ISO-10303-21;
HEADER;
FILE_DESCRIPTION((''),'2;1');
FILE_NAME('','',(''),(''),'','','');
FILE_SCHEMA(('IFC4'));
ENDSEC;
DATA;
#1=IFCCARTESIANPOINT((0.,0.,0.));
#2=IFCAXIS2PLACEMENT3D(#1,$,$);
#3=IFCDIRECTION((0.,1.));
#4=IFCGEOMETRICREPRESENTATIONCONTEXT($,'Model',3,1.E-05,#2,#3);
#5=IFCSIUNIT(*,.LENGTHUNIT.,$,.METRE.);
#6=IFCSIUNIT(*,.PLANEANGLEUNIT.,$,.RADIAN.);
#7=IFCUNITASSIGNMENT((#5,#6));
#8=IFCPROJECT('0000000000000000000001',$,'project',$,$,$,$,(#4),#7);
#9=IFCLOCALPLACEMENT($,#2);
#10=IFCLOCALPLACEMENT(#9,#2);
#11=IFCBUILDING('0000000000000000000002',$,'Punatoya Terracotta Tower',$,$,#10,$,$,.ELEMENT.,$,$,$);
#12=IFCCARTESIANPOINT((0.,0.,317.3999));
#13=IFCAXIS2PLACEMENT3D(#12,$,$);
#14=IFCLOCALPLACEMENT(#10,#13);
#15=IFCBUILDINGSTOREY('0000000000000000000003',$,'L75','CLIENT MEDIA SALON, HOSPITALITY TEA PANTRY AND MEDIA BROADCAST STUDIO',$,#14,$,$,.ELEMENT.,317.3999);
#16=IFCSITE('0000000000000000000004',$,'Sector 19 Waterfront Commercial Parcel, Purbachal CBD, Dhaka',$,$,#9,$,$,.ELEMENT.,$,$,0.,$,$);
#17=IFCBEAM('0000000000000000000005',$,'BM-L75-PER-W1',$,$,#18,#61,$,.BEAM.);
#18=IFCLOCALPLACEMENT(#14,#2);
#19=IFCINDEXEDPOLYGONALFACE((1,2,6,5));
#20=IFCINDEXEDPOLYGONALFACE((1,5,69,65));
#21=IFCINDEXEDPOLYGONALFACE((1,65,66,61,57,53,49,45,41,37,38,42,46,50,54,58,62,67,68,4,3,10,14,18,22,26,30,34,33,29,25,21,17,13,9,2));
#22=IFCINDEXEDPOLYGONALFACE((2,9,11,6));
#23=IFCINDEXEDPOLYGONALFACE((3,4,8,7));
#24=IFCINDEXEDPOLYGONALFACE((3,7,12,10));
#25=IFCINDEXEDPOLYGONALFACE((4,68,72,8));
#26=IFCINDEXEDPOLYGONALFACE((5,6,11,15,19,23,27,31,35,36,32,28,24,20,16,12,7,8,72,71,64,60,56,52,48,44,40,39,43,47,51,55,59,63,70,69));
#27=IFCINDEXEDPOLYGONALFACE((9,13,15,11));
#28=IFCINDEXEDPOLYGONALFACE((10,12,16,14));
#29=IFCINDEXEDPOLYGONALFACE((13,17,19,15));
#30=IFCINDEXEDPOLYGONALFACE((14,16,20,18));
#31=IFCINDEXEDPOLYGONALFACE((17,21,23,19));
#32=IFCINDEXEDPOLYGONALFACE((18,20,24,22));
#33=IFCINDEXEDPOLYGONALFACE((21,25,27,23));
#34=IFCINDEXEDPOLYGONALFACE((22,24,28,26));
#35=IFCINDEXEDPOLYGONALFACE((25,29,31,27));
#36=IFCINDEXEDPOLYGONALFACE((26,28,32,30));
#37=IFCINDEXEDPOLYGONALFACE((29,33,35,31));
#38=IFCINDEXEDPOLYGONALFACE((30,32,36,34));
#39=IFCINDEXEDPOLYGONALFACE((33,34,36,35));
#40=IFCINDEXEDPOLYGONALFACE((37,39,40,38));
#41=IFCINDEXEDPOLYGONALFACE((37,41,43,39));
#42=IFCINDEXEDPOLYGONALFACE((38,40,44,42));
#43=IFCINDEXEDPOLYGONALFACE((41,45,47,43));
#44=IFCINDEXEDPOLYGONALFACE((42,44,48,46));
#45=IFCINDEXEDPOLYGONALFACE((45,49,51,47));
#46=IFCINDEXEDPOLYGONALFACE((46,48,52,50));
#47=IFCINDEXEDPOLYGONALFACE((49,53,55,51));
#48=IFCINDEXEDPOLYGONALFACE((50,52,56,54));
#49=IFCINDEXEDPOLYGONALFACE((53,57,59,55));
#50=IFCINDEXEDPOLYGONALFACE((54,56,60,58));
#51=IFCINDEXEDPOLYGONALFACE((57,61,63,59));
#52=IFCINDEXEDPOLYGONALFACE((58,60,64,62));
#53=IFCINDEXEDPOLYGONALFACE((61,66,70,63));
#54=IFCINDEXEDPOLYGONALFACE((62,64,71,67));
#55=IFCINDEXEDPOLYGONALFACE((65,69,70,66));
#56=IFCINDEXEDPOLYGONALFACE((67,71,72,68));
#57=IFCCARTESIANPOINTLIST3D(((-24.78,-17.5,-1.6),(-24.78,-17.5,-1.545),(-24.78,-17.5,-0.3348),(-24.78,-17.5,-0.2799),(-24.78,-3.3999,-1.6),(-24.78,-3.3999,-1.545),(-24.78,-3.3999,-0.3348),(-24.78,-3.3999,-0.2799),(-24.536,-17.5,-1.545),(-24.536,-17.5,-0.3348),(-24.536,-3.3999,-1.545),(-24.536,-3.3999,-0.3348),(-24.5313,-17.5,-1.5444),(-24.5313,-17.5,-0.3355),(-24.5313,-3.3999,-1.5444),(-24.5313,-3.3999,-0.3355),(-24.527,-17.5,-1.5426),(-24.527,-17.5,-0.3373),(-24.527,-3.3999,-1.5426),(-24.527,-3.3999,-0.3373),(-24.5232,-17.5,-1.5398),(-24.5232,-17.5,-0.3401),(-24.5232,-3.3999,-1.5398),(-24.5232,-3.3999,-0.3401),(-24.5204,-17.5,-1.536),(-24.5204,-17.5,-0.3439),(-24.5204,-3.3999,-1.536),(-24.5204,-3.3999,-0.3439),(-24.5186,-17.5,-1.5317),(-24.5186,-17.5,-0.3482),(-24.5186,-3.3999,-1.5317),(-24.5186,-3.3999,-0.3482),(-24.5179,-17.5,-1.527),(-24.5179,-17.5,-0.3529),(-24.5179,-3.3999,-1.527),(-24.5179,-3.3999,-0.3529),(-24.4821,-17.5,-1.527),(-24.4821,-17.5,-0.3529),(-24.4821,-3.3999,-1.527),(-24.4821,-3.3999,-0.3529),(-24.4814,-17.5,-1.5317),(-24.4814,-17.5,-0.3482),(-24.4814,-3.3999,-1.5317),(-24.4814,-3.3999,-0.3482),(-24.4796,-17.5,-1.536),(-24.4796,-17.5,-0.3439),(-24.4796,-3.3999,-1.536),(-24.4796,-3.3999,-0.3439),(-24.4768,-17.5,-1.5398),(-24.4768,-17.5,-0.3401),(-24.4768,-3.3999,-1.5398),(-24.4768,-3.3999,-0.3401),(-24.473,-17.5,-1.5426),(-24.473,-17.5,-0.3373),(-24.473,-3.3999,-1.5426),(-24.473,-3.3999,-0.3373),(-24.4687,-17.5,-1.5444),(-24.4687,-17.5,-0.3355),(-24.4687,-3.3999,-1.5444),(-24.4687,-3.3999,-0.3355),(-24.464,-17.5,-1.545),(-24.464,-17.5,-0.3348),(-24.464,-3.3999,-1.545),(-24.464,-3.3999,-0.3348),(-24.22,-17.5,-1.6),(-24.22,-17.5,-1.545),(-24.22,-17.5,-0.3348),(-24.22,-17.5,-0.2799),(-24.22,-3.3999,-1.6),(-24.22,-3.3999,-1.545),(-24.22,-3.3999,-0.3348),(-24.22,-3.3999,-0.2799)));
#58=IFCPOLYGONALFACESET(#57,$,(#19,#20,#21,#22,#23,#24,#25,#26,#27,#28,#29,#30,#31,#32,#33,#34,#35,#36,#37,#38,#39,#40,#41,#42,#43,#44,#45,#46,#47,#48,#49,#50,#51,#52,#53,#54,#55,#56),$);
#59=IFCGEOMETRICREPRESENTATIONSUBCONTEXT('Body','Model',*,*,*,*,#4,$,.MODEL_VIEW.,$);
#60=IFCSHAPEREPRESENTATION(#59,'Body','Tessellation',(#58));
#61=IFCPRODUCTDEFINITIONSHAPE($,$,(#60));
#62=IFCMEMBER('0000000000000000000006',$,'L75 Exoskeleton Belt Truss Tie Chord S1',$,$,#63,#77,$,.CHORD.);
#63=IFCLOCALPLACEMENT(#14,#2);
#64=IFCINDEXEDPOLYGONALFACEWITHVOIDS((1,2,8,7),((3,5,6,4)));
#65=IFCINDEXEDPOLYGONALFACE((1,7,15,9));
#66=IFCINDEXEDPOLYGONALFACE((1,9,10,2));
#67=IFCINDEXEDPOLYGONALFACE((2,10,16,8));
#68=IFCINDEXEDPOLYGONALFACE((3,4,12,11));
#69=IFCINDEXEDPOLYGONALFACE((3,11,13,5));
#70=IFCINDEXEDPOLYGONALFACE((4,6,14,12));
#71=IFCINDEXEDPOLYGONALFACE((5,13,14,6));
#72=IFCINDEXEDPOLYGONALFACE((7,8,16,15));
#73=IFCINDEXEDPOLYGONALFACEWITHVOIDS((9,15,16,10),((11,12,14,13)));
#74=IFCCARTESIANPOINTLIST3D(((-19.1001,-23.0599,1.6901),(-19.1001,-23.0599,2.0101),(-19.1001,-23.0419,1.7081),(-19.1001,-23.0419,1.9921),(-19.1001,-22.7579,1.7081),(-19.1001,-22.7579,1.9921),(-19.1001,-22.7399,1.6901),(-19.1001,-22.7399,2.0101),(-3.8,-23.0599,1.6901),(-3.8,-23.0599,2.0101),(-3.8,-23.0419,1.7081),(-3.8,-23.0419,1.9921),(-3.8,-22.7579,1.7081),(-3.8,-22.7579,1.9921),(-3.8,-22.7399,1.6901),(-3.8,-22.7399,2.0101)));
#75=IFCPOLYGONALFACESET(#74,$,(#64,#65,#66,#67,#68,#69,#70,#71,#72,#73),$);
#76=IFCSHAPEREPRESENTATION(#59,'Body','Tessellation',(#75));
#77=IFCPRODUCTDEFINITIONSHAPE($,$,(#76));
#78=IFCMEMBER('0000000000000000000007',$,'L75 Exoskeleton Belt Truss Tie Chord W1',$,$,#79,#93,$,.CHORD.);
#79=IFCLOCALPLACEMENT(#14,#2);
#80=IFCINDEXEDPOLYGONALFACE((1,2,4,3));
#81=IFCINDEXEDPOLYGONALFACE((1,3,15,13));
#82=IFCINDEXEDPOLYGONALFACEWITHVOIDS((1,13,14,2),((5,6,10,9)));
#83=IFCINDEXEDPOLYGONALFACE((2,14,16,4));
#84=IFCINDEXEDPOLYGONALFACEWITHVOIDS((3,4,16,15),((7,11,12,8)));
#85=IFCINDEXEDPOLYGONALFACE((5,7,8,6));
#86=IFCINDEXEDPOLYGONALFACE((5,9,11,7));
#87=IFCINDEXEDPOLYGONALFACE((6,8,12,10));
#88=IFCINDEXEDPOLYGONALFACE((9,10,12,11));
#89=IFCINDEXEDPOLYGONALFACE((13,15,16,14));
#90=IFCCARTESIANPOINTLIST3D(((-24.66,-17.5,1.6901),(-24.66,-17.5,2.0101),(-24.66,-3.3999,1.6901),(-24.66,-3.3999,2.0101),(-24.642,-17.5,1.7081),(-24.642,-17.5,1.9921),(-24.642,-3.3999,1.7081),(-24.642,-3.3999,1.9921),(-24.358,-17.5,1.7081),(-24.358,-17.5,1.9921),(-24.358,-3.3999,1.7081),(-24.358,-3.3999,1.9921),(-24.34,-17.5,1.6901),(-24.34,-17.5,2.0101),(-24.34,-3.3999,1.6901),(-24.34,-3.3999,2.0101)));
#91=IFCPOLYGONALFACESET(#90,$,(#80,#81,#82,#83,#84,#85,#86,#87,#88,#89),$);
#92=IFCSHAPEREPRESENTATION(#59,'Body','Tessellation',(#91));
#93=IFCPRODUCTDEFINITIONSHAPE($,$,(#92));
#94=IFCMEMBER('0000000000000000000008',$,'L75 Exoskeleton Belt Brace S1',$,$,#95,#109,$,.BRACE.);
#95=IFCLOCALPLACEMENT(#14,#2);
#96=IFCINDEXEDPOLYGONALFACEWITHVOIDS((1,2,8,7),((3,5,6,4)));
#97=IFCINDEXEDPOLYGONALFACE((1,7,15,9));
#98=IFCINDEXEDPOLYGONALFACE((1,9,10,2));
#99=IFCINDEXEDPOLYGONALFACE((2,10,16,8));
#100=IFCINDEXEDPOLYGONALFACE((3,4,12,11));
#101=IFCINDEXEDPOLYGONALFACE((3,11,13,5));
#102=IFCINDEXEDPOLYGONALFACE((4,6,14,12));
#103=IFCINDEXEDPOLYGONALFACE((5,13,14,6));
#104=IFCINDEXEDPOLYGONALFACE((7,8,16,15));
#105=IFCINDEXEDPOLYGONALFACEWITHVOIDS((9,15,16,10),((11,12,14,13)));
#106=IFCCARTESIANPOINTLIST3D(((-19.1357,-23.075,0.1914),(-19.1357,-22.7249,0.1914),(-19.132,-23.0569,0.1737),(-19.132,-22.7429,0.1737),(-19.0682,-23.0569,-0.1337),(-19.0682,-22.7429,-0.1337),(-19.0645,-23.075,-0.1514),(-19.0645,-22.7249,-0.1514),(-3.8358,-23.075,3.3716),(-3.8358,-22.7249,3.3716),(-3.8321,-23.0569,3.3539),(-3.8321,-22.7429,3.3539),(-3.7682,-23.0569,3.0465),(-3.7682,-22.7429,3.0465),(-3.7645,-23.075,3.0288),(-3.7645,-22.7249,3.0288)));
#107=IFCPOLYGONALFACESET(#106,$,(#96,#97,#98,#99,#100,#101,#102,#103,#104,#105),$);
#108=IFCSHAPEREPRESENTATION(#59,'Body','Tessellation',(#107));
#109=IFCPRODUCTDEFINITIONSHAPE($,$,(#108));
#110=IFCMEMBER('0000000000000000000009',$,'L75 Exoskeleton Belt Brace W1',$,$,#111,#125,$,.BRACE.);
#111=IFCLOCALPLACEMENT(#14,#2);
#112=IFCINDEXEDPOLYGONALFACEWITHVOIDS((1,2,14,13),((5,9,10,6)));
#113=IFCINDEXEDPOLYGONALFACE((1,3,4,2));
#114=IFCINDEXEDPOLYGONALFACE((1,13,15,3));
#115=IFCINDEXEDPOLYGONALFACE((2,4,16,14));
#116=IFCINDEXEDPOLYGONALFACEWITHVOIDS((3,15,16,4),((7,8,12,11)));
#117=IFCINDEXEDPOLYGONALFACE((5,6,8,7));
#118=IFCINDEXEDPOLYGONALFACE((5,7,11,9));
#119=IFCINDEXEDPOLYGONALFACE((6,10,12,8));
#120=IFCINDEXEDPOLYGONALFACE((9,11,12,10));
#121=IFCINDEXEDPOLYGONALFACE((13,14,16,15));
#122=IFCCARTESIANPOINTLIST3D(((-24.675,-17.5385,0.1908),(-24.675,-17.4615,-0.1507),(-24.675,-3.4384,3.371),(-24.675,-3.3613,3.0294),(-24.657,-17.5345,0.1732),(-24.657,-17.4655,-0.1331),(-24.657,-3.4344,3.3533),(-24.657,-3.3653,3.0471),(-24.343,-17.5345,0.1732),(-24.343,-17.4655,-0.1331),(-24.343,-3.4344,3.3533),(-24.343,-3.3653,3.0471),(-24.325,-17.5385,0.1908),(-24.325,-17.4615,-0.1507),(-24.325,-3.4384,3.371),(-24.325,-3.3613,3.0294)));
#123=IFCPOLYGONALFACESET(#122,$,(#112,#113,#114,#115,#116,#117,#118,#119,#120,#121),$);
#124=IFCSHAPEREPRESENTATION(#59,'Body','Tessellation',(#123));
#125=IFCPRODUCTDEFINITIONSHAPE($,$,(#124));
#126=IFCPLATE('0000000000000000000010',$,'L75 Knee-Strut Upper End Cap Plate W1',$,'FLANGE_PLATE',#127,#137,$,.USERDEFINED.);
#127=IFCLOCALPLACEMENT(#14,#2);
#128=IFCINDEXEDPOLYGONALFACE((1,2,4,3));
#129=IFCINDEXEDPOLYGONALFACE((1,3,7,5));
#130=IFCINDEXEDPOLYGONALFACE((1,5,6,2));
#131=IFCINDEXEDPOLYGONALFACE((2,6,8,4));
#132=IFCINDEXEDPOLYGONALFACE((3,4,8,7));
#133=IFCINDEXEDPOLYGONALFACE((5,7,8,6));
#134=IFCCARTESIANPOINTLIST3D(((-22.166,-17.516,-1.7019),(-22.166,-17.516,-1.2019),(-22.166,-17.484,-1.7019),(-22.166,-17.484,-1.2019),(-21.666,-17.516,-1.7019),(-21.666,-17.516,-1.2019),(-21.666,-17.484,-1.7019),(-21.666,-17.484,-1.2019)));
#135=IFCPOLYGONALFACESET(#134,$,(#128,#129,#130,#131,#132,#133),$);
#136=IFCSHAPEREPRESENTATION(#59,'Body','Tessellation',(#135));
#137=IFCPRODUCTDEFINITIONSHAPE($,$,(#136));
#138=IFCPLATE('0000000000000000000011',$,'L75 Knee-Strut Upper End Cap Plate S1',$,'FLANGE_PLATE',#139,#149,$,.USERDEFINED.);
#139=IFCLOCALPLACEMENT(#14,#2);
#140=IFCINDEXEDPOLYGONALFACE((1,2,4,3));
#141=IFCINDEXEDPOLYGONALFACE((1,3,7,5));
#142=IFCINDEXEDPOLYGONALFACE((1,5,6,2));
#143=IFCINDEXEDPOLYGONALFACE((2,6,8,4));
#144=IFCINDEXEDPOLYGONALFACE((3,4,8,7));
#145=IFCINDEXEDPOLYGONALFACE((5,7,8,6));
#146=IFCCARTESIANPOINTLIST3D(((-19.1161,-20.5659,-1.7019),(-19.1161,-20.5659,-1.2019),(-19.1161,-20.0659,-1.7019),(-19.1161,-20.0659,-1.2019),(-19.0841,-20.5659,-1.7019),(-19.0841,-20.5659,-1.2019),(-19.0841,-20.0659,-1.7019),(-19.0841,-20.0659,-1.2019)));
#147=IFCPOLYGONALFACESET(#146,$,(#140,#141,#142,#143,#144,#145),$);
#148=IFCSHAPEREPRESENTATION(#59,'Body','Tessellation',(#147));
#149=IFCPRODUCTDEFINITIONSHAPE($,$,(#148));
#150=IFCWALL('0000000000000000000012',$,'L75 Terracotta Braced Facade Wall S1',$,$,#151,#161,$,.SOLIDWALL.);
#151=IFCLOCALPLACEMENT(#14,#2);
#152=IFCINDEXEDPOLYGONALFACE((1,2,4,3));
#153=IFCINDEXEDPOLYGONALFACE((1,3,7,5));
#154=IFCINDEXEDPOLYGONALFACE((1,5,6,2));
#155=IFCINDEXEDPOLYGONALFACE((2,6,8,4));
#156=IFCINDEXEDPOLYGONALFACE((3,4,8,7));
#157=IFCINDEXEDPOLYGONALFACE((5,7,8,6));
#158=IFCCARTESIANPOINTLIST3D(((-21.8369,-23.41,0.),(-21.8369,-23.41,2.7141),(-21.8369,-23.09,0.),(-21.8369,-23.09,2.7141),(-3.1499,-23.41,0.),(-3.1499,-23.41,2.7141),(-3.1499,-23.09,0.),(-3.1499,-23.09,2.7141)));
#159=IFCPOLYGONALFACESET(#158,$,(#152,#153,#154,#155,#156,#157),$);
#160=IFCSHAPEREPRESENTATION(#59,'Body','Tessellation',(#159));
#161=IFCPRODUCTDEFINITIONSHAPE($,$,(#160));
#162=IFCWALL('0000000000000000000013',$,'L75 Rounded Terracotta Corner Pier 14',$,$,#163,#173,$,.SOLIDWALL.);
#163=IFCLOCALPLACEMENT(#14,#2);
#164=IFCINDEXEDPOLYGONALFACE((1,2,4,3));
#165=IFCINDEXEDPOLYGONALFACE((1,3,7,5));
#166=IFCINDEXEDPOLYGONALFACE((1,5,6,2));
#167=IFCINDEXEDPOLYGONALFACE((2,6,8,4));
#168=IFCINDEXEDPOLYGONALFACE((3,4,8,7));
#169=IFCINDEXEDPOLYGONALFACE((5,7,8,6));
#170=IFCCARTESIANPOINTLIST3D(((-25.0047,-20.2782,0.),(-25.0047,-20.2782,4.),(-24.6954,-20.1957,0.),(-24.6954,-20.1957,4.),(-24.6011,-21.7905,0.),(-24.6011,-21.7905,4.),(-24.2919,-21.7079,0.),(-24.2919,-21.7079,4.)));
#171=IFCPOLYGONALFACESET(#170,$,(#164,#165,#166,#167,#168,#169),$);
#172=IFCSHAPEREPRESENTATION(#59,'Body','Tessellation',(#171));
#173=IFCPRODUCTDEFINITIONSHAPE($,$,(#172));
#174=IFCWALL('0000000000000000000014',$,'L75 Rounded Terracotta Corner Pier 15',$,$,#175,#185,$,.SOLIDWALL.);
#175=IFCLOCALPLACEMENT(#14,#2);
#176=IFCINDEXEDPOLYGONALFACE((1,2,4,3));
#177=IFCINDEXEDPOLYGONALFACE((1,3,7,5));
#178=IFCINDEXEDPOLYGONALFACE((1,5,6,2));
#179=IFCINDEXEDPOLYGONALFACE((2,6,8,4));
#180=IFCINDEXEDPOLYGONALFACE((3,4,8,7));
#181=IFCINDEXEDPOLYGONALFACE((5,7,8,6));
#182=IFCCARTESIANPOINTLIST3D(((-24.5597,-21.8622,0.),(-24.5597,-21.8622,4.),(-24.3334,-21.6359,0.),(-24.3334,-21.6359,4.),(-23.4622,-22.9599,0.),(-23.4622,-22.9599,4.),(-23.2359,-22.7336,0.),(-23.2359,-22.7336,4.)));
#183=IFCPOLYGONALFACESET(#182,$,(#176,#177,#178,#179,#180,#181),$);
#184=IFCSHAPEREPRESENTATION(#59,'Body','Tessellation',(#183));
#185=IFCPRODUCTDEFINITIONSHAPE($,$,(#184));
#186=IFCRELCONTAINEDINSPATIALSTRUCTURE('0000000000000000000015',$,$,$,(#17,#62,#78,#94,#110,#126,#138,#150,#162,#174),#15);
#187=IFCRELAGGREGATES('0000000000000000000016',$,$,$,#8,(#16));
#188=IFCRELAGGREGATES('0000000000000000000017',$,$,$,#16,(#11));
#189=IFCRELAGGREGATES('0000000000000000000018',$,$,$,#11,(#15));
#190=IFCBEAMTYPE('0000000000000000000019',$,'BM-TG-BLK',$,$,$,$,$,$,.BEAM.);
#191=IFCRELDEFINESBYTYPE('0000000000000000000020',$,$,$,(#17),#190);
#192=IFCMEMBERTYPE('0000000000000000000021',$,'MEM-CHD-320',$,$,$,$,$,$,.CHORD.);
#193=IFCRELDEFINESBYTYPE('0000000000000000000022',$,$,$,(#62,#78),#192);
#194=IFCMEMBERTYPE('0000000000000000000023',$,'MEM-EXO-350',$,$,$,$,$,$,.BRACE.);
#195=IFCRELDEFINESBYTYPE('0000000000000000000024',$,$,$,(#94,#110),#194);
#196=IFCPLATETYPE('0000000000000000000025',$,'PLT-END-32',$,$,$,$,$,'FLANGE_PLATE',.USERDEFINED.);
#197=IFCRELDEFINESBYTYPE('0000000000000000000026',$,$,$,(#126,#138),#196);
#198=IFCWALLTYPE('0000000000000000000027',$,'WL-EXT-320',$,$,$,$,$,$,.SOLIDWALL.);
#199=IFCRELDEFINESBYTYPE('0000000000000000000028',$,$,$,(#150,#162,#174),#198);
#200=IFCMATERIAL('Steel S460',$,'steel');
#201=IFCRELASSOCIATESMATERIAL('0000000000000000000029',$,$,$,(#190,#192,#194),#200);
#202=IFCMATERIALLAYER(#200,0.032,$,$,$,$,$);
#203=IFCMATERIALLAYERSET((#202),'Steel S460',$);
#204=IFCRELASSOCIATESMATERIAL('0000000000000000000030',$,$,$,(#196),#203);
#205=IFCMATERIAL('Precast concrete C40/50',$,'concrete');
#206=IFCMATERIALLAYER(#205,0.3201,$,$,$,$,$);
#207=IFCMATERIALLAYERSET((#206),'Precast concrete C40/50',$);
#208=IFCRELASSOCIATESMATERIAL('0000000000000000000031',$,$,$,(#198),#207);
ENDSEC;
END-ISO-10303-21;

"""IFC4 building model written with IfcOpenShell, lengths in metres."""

from ifc_helpers import new_model, si_unit, direction, frame, frame_2d, origin, origin_2d, place, context, subcontext, project, spatial, rectangle, hollow_rectangle, i_section, extrude, material, layer, layer_set, material_profile, profile_set, type_object, element, save


model = new_model("IFC4")

# Units and contexts
model_context = context("Model", 3, precision=1e-05, world=origin(), true_north=direction((0.0, 1.0)))
body_context = subcontext(model_context, "Body", "Model", "MODEL_VIEW")
ifc_project = project(units=[si_unit("LENGTHUNIT", "METRE"), si_unit("PLANEANGLEUNIT", "RADIAN")], contexts=[model_context])

# Site, building, storey
site_placement = place(None, origin())
site = spatial("IfcSite", under=ifc_project, at=site_placement, Name="Sector 19 Waterfront Commercial Parcel, Purbachal CBD, Dhaka", CompositionType="ELEMENT", RefElevation=0.0)
building_placement = place(site_placement, origin())
building = spatial("IfcBuilding", under=site, at=building_placement, Name="Punatoya Terracotta Tower", CompositionType="ELEMENT")
storey_placement = place(building_placement, frame((0.0, 0.0, 317.3999)))
storey = spatial("IfcBuildingStorey", under=building, at=storey_placement, Name="L75", Description="CLIENT MEDIA SALON, HOSPITALITY TEA PANTRY AND MEDIA BROADCAST STUDIO", CompositionType="ELEMENT", Elevation=317.3999)

# Shared definitions
ifc_material_1 = material(Name="Steel S460", Category="steel")

# Beam
ifc_material_profile_1 = material_profile(ifc_material_1, i_section(OverallWidth=0.5601, OverallDepth=1.3201, WebThickness=0.0359, FlangeThickness=0.0549, FilletRadius=0.0181, at=origin_2d()))
ifc_profile_set_1 = profile_set([ifc_material_profile_1], Name="Steel S460")
beam_type = type_object("IfcBeamType", Name="BM-TG-BLK", PredefinedType="BEAM", material=ifc_profile_set_1)
beam_1_placement = place(storey_placement, frame((-24.5, -17.5, -0.9399), z_axis=(0.0, 1.0, 0.0), x_axis=(-1.0, 0.0, 0.0)))
element("IfcBeam", 1, at=beam_1_placement, inside=storey, type_object=beam_type, Name="BM-L75-PER-W1", PredefinedType="BEAM", context=body_context, shape_type="SweptSolid", body=[
    extrude(i_section(OverallWidth=0.5601, OverallDepth=1.3201, WebThickness=0.0359, FlangeThickness=0.0549, FilletRadius=0.0181, at=origin_2d()), origin(), (0.0, 0.0, 1.0), 14.1001),
])

# Members
ifc_material_profile_2 = material_profile(ifc_material_1, hollow_rectangle(XDim=0.3201, YDim=0.3201, WallThickness=0.0181, at=origin_2d()))
ifc_profile_set_2 = profile_set([ifc_material_profile_2], Name="Steel S460")
member_type_1 = type_object("IfcMemberType", Name="MEM-CHD-320", PredefinedType="CHORD", material=ifc_profile_set_2)
member_1_placement = place(storey_placement, frame((-19.1001, -22.8999, 1.8501), z_axis=(1.0, 0.0, 0.0), x_axis=(0.0, 1.0, 0.0)))
element("IfcMember", 2, at=member_1_placement, inside=storey, type_object=member_type_1, Name="L75 Exoskeleton Belt Truss Tie Chord S1", PredefinedType="CHORD", context=body_context, shape_type="SweptSolid", body=[
    extrude(hollow_rectangle(XDim=0.3201, YDim=0.3201, WallThickness=0.0181, at=origin_2d()), origin(), (0.0, 0.0, 1.0), 15.3),
])
member_2_placement = place(storey_placement, frame((-24.5, -17.5, 1.8501), z_axis=(0.0, 1.0, 0.0), x_axis=(-1.0, 0.0, 0.0)))
element("IfcMember", 3, at=member_2_placement, inside=storey, type_object=member_type_1, Name="L75 Exoskeleton Belt Truss Tie Chord W1", PredefinedType="CHORD", context=body_context, shape_type="SweptSolid", body=[
    extrude(hollow_rectangle(XDim=0.3201, YDim=0.3201, WallThickness=0.0181, at=origin_2d()), origin(), (0.0, 0.0, 1.0), 14.1001),
])
ifc_material_profile_3 = material_profile(ifc_material_1, hollow_rectangle(XDim=0.3501, YDim=0.3501, WallThickness=0.0181, at=origin_2d()))
ifc_profile_set_3 = profile_set([ifc_material_profile_3], Name="Steel S460")
member_type_2 = type_object("IfcMemberType", Name="MEM-EXO-350", PredefinedType="BRACE", material=ifc_profile_set_3)
member_3_placement = place(storey_placement, frame((-19.1001, -22.8999, 0.02), z_axis=(0.979074, 0.0, 0.203504), x_axis=(0.0, 1.0, 0.0)))
element("IfcMember", 4, at=member_3_placement, inside=storey, type_object=member_type_2, Name="L75 Exoskeleton Belt Brace S1", PredefinedType="BRACE", context=body_context, shape_type="SweptSolid", body=[
    extrude(hollow_rectangle(XDim=0.3501, YDim=0.3501, WallThickness=0.0181, at=origin_2d()), origin(), (0.0, 0.0, 1.0), 15.627),
])
member_4_placement = place(storey_placement, frame((-24.5, -17.5, 0.02), z_axis=(0.0, 0.975496, 0.220016), x_axis=(-1.0, 0.0, 0.0)))
element("IfcMember", 5, at=member_4_placement, inside=storey, type_object=member_type_2, Name="L75 Exoskeleton Belt Brace W1", PredefinedType="BRACE", context=body_context, shape_type="SweptSolid", body=[
    extrude(hollow_rectangle(XDim=0.3501, YDim=0.3501, WallThickness=0.0181, at=origin_2d()), origin(), (0.0, 0.0, 1.0), 14.4543),
])

# Plates
ifc_layer_1 = layer(ifc_material_1, 0.032)
ifc_layer_set_1 = layer_set([ifc_layer_1], Name="Steel S460")
plate_type = type_object("IfcPlateType", Name="PLT-END-32", ElementType="FLANGE_PLATE", PredefinedType="USERDEFINED", material=ifc_layer_set_1)
for number, where, z_axis, x_axis, name in (
    (6, (-21.916, -17.5, -1.7019), (0.0, 0.0, 1.0), (1.0, 0.0, 0.0), "L75 Knee-Strut Upper End Cap Plate W1"),
    (7, (-19.1001, -20.3159, -1.7019), (0.0, 0.0, 1.0), (0.0, 1.0, 0.0), "L75 Knee-Strut Upper End Cap Plate S1"),
):
    element("IfcPlate", number, at=place(storey_placement, frame(where, z_axis=z_axis, x_axis=x_axis)), inside=storey, type_object=plate_type, Name=name, ObjectType="FLANGE_PLATE", PredefinedType="USERDEFINED", context=body_context, shape_type="SweptSolid", body=[
        extrude(rectangle(XDim=0.5, YDim=0.032, at=origin_2d()), origin(), (0.0, 0.0, 1.0), 0.5),
    ])

# Walls
ifc_material_2 = material(Name="Precast concrete C40/50", Category="concrete")
ifc_layer_2 = layer(ifc_material_2, 0.3201)
ifc_layer_set_2 = layer_set([ifc_layer_2], Name="Precast concrete C40/50")
wall_type_1 = type_object("IfcWallType", Name="WL-EXT-320", PredefinedType="SOLIDWALL", material=ifc_layer_set_2)
wall_1_placement = place(storey_placement, frame((-21.8369, -23.25, 0.0), z_axis=(0.0, 0.0, 1.0), x_axis=(1.0, 0.0, 0.0)))
element("IfcWall", 8, at=wall_1_placement, inside=storey, type_object=wall_type_1, Name="L75 Terracotta Braced Facade Wall S1", PredefinedType="SOLIDWALL", context=body_context, shape_type="SweptSolid", body=[
    extrude(rectangle(XDim=18.687, YDim=0.3201, at=frame_2d((9.3435, 0.0))), origin(), (0.0, 0.0, 1.0), 2.7141),
])
wall_2_placement = place(storey_placement, frame((-24.8501, -20.2368, 0.0), z_axis=(0.0, 0.0, 1.0), x_axis=(0.257847, -0.966186, 0.0)))
element("IfcWall", 9, at=wall_2_placement, inside=storey, type_object=wall_type_1, Name="L75 Rounded Terracotta Corner Pier 14", PredefinedType="SOLIDWALL", context=body_context, shape_type="SweptSolid", body=[
    extrude(rectangle(XDim=1.5652, YDim=0.3201, at=frame_2d((0.7827, 0.0))), origin(), (0.0, 0.0, 1.0), 4.0),
])
wall_3_placement = place(storey_placement, frame((-24.4465, -21.749, 0.0), z_axis=(0.0, 0.0, 1.0), x_axis=(0.707028, -0.707185, 0.0)))
element("IfcWall", 10, at=wall_3_placement, inside=storey, type_object=wall_type_1, Name="L75 Rounded Terracotta Corner Pier 15", PredefinedType="SOLIDWALL", context=body_context, shape_type="SweptSolid", body=[
    extrude(rectangle(XDim=1.5522, YDim=0.3201, at=frame_2d((0.7761, 0.0))), origin(), (0.0, 0.0, 1.0), 4.0),
])

save(model, "model.ifc")
